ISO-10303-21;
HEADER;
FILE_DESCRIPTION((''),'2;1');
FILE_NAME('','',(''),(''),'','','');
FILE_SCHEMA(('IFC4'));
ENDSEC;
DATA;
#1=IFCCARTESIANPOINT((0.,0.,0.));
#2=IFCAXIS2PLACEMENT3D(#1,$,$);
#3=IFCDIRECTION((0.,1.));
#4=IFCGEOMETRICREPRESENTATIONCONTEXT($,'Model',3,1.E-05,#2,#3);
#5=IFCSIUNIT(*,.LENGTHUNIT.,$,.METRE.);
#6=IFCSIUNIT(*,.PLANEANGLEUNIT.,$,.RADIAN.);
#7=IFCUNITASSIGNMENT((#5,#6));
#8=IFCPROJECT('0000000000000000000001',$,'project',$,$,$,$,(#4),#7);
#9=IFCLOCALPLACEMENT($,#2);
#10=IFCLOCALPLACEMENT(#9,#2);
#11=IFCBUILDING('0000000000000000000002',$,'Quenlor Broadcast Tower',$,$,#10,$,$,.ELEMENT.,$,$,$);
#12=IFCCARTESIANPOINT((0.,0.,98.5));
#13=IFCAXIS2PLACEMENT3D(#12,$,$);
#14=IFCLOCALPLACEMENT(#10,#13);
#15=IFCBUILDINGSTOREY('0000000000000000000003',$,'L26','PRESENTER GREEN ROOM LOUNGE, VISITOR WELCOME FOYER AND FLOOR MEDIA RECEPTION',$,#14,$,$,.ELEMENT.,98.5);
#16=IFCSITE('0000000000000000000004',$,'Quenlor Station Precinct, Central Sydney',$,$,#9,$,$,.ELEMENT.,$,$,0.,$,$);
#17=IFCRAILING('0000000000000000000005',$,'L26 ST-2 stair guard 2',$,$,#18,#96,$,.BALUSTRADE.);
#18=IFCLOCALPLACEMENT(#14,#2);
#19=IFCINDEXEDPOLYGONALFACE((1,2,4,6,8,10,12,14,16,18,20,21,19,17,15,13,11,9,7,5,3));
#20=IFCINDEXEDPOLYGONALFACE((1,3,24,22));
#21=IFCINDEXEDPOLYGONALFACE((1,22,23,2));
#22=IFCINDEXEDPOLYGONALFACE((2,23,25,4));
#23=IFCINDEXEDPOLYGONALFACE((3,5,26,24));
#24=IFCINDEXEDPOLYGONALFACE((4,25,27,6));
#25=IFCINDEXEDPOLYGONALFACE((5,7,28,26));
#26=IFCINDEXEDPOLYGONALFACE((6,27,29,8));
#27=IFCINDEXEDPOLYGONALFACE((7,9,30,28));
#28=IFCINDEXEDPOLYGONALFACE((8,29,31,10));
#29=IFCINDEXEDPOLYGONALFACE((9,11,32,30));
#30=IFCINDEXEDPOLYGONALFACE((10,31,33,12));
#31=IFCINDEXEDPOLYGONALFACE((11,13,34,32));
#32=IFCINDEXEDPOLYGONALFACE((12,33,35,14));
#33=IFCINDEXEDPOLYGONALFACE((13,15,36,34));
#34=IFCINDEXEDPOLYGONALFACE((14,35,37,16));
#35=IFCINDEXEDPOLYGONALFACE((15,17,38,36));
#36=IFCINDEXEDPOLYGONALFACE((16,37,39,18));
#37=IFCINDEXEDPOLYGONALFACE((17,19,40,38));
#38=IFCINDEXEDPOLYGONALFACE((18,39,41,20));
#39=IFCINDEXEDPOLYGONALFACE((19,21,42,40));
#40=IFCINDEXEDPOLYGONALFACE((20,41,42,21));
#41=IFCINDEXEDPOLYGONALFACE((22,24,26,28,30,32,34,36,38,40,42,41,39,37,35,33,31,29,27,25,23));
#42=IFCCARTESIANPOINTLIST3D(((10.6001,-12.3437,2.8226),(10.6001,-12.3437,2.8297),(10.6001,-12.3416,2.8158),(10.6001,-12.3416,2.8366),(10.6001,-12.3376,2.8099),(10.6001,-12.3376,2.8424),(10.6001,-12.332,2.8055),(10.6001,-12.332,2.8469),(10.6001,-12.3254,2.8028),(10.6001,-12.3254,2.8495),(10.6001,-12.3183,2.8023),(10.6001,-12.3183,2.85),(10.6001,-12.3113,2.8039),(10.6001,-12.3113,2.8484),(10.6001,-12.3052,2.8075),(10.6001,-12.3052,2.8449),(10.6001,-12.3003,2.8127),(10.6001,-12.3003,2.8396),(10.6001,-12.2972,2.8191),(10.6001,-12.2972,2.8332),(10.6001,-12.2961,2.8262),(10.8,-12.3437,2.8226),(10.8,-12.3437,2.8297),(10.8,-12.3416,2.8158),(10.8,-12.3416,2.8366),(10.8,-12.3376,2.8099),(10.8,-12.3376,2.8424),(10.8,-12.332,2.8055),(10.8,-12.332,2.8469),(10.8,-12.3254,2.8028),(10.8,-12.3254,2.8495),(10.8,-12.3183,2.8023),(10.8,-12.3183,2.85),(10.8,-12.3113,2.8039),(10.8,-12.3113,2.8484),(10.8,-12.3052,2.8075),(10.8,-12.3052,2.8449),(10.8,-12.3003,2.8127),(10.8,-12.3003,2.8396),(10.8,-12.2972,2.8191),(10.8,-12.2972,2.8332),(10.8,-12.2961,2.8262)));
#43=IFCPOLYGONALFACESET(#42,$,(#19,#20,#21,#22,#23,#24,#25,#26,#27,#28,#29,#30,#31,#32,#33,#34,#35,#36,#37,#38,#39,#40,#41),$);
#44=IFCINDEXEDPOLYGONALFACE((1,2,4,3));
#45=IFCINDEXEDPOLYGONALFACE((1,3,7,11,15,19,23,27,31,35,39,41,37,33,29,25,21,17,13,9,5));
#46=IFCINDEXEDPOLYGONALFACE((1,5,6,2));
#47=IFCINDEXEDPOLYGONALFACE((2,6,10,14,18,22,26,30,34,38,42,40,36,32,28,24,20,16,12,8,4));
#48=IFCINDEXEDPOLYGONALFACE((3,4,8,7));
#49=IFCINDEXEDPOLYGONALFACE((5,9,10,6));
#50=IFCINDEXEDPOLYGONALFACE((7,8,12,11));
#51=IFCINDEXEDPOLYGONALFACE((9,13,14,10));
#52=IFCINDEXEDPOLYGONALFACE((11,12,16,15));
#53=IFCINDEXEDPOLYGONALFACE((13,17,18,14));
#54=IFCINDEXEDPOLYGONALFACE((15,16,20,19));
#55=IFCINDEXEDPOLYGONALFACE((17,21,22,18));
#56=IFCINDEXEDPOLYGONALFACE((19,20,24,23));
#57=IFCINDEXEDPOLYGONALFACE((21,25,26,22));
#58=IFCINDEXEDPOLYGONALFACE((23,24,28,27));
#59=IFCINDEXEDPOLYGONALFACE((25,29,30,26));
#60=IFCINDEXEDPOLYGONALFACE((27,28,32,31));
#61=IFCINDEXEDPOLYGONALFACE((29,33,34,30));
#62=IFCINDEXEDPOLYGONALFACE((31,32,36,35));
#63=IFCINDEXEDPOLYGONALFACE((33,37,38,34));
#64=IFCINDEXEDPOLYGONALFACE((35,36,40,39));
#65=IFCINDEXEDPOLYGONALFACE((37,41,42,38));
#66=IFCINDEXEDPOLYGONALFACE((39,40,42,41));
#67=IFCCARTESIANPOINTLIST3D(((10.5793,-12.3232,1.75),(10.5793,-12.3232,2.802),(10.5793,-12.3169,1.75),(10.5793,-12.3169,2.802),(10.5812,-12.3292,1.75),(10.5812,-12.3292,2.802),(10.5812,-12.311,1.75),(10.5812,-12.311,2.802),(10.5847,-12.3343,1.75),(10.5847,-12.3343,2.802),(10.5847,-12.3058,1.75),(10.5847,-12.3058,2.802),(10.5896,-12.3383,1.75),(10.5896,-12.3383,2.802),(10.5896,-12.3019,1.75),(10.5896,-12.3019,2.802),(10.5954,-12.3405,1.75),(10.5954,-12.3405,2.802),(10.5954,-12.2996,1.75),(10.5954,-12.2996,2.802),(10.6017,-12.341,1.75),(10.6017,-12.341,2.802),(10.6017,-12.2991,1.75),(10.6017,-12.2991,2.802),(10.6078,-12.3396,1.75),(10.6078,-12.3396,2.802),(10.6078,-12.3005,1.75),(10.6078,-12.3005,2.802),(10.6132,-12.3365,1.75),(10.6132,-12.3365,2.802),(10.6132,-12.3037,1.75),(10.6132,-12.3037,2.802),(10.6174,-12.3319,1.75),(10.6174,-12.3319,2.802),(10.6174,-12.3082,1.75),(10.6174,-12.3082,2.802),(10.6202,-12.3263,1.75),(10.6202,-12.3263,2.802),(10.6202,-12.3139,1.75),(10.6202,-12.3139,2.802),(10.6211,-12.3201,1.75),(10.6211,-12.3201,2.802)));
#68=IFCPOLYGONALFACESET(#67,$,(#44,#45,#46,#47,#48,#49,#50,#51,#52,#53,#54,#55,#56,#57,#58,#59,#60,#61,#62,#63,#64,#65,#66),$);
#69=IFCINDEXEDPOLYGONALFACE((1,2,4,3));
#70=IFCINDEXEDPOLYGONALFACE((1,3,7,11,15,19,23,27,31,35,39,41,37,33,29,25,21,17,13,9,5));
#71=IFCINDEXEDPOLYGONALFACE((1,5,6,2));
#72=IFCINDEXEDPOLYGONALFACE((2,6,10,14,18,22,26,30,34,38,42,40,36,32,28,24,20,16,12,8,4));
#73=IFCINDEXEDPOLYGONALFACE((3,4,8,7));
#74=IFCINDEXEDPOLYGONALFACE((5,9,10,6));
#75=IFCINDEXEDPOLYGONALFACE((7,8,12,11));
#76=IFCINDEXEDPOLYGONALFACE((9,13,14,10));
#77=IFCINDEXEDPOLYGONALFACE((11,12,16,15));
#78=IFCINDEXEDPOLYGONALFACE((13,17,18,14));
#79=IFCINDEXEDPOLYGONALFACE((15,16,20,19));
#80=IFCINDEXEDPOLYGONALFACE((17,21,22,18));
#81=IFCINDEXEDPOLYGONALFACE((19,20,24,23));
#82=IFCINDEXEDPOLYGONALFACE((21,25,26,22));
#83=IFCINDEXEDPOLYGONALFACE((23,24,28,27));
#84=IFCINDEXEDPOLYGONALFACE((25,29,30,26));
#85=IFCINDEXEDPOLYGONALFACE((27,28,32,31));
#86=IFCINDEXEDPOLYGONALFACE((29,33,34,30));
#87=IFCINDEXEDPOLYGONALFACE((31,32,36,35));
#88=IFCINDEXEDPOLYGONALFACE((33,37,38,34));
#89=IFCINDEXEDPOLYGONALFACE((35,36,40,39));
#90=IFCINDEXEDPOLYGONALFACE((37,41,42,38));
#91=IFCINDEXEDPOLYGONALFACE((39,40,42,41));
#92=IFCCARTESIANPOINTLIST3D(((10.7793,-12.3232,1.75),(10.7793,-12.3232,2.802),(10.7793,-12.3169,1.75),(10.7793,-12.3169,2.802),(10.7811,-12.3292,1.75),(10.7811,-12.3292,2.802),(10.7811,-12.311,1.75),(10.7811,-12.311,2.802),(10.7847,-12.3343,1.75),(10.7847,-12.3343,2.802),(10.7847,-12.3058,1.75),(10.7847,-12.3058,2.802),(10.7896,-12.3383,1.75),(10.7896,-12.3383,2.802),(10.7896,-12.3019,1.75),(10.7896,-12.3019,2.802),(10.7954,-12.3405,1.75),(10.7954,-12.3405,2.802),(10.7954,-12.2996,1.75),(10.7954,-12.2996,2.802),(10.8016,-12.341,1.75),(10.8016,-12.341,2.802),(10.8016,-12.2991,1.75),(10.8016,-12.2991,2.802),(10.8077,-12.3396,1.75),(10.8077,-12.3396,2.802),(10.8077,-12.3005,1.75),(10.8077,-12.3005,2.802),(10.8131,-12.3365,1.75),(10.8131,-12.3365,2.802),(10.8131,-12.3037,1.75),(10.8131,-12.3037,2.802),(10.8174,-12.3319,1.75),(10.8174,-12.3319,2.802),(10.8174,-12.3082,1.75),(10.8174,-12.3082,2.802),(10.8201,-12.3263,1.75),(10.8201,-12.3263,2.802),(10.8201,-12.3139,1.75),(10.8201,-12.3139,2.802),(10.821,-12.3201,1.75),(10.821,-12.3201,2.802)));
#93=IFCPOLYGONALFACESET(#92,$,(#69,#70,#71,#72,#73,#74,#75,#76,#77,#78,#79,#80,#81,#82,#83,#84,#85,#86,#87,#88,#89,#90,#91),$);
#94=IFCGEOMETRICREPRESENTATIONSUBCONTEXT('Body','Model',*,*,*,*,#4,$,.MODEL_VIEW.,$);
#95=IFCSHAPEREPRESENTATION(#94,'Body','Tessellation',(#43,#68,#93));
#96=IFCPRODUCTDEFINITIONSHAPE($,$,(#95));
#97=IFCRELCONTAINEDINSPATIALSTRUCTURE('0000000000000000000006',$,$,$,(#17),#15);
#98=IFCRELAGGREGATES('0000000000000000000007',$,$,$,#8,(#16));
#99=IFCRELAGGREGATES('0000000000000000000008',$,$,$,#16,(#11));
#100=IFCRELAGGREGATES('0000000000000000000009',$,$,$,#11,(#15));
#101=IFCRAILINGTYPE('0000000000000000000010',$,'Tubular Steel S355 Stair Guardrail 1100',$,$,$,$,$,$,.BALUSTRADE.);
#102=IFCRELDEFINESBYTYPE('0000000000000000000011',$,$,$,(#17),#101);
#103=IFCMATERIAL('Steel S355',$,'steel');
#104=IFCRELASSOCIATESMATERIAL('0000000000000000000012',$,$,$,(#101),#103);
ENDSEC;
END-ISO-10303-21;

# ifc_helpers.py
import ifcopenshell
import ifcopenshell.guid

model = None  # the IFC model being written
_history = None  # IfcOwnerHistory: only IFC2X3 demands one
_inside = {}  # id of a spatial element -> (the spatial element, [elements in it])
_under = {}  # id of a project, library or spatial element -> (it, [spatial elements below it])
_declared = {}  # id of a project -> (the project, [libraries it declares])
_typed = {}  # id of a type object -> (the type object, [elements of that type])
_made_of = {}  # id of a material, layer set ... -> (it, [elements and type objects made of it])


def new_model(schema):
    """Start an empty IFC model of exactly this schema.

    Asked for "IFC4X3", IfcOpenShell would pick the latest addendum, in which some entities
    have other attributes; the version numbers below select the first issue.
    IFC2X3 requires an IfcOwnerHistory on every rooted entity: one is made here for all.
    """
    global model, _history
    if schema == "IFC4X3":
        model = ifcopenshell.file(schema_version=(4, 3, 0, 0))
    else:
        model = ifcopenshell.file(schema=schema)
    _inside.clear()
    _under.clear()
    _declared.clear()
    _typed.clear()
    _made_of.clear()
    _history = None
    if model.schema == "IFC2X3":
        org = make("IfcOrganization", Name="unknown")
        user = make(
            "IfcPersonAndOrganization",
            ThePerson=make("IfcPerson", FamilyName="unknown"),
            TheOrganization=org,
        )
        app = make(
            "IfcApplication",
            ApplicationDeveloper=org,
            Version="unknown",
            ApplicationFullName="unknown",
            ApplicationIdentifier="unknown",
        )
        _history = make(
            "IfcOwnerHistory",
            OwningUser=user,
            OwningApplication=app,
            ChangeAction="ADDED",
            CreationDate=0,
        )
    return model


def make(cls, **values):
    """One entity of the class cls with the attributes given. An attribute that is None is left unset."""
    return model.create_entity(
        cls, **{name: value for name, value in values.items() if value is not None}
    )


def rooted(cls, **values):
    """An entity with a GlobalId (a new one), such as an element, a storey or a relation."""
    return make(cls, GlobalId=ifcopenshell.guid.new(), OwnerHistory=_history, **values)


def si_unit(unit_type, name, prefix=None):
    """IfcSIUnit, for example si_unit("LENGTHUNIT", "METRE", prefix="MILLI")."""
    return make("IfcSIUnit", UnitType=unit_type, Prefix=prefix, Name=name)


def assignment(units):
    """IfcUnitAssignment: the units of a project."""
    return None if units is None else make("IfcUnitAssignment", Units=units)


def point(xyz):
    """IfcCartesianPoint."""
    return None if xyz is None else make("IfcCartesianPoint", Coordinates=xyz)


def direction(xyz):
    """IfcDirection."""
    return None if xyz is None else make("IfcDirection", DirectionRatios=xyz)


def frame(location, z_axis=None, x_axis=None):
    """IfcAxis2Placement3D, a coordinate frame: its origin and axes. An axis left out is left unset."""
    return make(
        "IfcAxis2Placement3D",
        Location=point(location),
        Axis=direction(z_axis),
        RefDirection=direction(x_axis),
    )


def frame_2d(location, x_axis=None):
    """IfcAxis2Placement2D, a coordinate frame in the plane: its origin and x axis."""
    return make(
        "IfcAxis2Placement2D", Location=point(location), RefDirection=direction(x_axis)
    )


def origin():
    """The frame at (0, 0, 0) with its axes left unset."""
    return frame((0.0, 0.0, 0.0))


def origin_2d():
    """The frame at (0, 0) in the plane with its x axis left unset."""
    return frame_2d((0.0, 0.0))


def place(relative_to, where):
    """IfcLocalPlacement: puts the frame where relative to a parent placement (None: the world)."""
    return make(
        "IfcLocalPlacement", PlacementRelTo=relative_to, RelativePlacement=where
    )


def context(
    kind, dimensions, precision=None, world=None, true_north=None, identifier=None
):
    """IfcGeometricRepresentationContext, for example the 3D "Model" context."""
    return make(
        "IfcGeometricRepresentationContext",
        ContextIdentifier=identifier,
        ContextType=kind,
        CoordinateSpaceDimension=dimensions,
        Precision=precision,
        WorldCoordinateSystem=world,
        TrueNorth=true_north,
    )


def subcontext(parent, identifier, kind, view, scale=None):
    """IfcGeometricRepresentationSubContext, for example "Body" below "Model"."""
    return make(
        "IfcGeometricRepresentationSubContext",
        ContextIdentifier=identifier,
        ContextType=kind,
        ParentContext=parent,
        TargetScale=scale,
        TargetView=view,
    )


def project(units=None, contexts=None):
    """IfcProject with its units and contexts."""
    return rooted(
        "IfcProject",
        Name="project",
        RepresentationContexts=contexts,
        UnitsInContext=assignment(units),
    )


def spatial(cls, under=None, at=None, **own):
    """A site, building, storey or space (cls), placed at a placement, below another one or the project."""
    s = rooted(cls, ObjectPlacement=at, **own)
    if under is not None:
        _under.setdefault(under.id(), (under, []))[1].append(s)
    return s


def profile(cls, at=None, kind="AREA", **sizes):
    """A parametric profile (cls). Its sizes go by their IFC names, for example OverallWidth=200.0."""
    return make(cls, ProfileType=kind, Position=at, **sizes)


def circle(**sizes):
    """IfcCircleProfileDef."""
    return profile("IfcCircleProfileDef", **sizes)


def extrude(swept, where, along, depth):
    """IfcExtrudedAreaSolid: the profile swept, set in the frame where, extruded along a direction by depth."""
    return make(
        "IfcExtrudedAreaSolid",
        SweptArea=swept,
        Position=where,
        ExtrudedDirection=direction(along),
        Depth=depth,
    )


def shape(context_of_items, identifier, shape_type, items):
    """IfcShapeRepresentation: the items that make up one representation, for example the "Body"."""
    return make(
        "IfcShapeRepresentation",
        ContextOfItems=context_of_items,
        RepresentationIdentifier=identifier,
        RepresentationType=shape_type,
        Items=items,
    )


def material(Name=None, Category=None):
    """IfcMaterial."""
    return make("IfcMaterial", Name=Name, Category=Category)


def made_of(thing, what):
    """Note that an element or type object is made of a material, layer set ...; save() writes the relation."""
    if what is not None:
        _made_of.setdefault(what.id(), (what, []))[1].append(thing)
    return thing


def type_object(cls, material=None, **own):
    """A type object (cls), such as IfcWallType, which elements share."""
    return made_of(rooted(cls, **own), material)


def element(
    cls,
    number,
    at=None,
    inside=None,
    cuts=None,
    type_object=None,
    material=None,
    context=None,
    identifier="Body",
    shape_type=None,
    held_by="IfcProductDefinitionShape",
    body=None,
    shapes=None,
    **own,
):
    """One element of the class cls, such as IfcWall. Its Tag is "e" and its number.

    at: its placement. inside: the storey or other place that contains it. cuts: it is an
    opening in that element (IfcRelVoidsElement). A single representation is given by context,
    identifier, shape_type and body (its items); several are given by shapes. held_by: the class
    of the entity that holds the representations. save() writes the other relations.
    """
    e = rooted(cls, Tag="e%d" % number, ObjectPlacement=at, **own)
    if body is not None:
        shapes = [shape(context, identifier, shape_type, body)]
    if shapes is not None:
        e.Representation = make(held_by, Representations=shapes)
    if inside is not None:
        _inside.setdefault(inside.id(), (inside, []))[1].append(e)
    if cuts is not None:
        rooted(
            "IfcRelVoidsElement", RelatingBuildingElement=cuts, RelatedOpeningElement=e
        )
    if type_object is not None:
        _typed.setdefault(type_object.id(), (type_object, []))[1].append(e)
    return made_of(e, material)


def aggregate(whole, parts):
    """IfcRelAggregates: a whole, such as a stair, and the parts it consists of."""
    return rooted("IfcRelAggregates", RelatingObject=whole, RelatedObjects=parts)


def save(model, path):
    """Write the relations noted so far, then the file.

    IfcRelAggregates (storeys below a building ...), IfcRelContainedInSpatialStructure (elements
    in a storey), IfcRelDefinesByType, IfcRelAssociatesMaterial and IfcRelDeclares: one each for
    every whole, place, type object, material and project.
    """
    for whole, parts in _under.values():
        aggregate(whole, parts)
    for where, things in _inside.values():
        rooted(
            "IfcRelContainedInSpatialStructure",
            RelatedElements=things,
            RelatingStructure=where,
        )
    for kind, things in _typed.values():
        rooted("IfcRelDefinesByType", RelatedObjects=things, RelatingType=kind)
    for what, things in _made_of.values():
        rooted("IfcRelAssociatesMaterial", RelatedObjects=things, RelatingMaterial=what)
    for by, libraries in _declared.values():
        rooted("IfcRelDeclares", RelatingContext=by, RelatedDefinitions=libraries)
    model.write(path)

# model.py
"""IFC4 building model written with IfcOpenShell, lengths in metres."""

from ifc_helpers import new_model, si_unit, direction, frame, origin, origin_2d, place, context, subcontext, project, spatial, circle, extrude, material, type_object, element, save


model = new_model("IFC4")

# Units and contexts
model_context = context("Model", 3, precision=1e-05, world=origin(), true_north=direction((0.0, 1.0)))
body_context = subcontext(model_context, "Body", "Model", "MODEL_VIEW")
ifc_project = project(units=[si_unit("LENGTHUNIT", "METRE"), si_unit("PLANEANGLEUNIT", "RADIAN")], contexts=[model_context])

# Site, building, storey
site_placement = place(None, origin())
site = spatial("IfcSite", under=ifc_project, at=site_placement, Name="Quenlor Station Precinct, Central Sydney", CompositionType="ELEMENT", RefElevation=0.0)
building_placement = place(site_placement, origin())
building = spatial("IfcBuilding", under=site, at=building_placement, Name="Quenlor Broadcast Tower", CompositionType="ELEMENT")
storey_placement = place(building_placement, frame((0.0, 0.0, 98.5)))
storey = spatial("IfcBuildingStorey", under=building, at=storey_placement, Name="L26", Description="PRESENTER GREEN ROOM LOUNGE, VISITOR WELCOME FOYER AND FLOOR MEDIA RECEPTION", CompositionType="ELEMENT", Elevation=98.5)

# Railing
ifc_material_1 = material(Name="Steel S355", Category="steel")
railing_type_1 = type_object("IfcRailingType", Name="Tubular Steel S355 Stair Guardrail 1100", PredefinedType="BALUSTRADE", material=ifc_material_1)
railing_1_placement = place(storey_placement, frame((10.6001, -12.3201, 1.75)))
element("IfcRailing", 1, at=railing_1_placement, inside=storey, type_object=railing_type_1, Name="L26 ST-2 stair guard 2", PredefinedType="BALUSTRADE", context=body_context, shape_type="SweptSolid", body=[
    extrude(circle(Radius=0.0239, at=origin_2d()), frame((0.0, 0.0, 1.0762), z_axis=(1.0, 0.0, 0.0), x_axis=(0.0, 1.0, 0.0)), (0.0, 0.0, 1.0), 0.2),
    extrude(circle(Radius=0.021, at=origin_2d()), origin(), (0.0, 0.0, 1.0), 1.052),
    extrude(circle(Radius=0.021, at=origin_2d()), frame((0.2, 0.0, 0.0)), (0.0, 0.0, 1.0), 1.052),
])

save(model, "model.ifc")
